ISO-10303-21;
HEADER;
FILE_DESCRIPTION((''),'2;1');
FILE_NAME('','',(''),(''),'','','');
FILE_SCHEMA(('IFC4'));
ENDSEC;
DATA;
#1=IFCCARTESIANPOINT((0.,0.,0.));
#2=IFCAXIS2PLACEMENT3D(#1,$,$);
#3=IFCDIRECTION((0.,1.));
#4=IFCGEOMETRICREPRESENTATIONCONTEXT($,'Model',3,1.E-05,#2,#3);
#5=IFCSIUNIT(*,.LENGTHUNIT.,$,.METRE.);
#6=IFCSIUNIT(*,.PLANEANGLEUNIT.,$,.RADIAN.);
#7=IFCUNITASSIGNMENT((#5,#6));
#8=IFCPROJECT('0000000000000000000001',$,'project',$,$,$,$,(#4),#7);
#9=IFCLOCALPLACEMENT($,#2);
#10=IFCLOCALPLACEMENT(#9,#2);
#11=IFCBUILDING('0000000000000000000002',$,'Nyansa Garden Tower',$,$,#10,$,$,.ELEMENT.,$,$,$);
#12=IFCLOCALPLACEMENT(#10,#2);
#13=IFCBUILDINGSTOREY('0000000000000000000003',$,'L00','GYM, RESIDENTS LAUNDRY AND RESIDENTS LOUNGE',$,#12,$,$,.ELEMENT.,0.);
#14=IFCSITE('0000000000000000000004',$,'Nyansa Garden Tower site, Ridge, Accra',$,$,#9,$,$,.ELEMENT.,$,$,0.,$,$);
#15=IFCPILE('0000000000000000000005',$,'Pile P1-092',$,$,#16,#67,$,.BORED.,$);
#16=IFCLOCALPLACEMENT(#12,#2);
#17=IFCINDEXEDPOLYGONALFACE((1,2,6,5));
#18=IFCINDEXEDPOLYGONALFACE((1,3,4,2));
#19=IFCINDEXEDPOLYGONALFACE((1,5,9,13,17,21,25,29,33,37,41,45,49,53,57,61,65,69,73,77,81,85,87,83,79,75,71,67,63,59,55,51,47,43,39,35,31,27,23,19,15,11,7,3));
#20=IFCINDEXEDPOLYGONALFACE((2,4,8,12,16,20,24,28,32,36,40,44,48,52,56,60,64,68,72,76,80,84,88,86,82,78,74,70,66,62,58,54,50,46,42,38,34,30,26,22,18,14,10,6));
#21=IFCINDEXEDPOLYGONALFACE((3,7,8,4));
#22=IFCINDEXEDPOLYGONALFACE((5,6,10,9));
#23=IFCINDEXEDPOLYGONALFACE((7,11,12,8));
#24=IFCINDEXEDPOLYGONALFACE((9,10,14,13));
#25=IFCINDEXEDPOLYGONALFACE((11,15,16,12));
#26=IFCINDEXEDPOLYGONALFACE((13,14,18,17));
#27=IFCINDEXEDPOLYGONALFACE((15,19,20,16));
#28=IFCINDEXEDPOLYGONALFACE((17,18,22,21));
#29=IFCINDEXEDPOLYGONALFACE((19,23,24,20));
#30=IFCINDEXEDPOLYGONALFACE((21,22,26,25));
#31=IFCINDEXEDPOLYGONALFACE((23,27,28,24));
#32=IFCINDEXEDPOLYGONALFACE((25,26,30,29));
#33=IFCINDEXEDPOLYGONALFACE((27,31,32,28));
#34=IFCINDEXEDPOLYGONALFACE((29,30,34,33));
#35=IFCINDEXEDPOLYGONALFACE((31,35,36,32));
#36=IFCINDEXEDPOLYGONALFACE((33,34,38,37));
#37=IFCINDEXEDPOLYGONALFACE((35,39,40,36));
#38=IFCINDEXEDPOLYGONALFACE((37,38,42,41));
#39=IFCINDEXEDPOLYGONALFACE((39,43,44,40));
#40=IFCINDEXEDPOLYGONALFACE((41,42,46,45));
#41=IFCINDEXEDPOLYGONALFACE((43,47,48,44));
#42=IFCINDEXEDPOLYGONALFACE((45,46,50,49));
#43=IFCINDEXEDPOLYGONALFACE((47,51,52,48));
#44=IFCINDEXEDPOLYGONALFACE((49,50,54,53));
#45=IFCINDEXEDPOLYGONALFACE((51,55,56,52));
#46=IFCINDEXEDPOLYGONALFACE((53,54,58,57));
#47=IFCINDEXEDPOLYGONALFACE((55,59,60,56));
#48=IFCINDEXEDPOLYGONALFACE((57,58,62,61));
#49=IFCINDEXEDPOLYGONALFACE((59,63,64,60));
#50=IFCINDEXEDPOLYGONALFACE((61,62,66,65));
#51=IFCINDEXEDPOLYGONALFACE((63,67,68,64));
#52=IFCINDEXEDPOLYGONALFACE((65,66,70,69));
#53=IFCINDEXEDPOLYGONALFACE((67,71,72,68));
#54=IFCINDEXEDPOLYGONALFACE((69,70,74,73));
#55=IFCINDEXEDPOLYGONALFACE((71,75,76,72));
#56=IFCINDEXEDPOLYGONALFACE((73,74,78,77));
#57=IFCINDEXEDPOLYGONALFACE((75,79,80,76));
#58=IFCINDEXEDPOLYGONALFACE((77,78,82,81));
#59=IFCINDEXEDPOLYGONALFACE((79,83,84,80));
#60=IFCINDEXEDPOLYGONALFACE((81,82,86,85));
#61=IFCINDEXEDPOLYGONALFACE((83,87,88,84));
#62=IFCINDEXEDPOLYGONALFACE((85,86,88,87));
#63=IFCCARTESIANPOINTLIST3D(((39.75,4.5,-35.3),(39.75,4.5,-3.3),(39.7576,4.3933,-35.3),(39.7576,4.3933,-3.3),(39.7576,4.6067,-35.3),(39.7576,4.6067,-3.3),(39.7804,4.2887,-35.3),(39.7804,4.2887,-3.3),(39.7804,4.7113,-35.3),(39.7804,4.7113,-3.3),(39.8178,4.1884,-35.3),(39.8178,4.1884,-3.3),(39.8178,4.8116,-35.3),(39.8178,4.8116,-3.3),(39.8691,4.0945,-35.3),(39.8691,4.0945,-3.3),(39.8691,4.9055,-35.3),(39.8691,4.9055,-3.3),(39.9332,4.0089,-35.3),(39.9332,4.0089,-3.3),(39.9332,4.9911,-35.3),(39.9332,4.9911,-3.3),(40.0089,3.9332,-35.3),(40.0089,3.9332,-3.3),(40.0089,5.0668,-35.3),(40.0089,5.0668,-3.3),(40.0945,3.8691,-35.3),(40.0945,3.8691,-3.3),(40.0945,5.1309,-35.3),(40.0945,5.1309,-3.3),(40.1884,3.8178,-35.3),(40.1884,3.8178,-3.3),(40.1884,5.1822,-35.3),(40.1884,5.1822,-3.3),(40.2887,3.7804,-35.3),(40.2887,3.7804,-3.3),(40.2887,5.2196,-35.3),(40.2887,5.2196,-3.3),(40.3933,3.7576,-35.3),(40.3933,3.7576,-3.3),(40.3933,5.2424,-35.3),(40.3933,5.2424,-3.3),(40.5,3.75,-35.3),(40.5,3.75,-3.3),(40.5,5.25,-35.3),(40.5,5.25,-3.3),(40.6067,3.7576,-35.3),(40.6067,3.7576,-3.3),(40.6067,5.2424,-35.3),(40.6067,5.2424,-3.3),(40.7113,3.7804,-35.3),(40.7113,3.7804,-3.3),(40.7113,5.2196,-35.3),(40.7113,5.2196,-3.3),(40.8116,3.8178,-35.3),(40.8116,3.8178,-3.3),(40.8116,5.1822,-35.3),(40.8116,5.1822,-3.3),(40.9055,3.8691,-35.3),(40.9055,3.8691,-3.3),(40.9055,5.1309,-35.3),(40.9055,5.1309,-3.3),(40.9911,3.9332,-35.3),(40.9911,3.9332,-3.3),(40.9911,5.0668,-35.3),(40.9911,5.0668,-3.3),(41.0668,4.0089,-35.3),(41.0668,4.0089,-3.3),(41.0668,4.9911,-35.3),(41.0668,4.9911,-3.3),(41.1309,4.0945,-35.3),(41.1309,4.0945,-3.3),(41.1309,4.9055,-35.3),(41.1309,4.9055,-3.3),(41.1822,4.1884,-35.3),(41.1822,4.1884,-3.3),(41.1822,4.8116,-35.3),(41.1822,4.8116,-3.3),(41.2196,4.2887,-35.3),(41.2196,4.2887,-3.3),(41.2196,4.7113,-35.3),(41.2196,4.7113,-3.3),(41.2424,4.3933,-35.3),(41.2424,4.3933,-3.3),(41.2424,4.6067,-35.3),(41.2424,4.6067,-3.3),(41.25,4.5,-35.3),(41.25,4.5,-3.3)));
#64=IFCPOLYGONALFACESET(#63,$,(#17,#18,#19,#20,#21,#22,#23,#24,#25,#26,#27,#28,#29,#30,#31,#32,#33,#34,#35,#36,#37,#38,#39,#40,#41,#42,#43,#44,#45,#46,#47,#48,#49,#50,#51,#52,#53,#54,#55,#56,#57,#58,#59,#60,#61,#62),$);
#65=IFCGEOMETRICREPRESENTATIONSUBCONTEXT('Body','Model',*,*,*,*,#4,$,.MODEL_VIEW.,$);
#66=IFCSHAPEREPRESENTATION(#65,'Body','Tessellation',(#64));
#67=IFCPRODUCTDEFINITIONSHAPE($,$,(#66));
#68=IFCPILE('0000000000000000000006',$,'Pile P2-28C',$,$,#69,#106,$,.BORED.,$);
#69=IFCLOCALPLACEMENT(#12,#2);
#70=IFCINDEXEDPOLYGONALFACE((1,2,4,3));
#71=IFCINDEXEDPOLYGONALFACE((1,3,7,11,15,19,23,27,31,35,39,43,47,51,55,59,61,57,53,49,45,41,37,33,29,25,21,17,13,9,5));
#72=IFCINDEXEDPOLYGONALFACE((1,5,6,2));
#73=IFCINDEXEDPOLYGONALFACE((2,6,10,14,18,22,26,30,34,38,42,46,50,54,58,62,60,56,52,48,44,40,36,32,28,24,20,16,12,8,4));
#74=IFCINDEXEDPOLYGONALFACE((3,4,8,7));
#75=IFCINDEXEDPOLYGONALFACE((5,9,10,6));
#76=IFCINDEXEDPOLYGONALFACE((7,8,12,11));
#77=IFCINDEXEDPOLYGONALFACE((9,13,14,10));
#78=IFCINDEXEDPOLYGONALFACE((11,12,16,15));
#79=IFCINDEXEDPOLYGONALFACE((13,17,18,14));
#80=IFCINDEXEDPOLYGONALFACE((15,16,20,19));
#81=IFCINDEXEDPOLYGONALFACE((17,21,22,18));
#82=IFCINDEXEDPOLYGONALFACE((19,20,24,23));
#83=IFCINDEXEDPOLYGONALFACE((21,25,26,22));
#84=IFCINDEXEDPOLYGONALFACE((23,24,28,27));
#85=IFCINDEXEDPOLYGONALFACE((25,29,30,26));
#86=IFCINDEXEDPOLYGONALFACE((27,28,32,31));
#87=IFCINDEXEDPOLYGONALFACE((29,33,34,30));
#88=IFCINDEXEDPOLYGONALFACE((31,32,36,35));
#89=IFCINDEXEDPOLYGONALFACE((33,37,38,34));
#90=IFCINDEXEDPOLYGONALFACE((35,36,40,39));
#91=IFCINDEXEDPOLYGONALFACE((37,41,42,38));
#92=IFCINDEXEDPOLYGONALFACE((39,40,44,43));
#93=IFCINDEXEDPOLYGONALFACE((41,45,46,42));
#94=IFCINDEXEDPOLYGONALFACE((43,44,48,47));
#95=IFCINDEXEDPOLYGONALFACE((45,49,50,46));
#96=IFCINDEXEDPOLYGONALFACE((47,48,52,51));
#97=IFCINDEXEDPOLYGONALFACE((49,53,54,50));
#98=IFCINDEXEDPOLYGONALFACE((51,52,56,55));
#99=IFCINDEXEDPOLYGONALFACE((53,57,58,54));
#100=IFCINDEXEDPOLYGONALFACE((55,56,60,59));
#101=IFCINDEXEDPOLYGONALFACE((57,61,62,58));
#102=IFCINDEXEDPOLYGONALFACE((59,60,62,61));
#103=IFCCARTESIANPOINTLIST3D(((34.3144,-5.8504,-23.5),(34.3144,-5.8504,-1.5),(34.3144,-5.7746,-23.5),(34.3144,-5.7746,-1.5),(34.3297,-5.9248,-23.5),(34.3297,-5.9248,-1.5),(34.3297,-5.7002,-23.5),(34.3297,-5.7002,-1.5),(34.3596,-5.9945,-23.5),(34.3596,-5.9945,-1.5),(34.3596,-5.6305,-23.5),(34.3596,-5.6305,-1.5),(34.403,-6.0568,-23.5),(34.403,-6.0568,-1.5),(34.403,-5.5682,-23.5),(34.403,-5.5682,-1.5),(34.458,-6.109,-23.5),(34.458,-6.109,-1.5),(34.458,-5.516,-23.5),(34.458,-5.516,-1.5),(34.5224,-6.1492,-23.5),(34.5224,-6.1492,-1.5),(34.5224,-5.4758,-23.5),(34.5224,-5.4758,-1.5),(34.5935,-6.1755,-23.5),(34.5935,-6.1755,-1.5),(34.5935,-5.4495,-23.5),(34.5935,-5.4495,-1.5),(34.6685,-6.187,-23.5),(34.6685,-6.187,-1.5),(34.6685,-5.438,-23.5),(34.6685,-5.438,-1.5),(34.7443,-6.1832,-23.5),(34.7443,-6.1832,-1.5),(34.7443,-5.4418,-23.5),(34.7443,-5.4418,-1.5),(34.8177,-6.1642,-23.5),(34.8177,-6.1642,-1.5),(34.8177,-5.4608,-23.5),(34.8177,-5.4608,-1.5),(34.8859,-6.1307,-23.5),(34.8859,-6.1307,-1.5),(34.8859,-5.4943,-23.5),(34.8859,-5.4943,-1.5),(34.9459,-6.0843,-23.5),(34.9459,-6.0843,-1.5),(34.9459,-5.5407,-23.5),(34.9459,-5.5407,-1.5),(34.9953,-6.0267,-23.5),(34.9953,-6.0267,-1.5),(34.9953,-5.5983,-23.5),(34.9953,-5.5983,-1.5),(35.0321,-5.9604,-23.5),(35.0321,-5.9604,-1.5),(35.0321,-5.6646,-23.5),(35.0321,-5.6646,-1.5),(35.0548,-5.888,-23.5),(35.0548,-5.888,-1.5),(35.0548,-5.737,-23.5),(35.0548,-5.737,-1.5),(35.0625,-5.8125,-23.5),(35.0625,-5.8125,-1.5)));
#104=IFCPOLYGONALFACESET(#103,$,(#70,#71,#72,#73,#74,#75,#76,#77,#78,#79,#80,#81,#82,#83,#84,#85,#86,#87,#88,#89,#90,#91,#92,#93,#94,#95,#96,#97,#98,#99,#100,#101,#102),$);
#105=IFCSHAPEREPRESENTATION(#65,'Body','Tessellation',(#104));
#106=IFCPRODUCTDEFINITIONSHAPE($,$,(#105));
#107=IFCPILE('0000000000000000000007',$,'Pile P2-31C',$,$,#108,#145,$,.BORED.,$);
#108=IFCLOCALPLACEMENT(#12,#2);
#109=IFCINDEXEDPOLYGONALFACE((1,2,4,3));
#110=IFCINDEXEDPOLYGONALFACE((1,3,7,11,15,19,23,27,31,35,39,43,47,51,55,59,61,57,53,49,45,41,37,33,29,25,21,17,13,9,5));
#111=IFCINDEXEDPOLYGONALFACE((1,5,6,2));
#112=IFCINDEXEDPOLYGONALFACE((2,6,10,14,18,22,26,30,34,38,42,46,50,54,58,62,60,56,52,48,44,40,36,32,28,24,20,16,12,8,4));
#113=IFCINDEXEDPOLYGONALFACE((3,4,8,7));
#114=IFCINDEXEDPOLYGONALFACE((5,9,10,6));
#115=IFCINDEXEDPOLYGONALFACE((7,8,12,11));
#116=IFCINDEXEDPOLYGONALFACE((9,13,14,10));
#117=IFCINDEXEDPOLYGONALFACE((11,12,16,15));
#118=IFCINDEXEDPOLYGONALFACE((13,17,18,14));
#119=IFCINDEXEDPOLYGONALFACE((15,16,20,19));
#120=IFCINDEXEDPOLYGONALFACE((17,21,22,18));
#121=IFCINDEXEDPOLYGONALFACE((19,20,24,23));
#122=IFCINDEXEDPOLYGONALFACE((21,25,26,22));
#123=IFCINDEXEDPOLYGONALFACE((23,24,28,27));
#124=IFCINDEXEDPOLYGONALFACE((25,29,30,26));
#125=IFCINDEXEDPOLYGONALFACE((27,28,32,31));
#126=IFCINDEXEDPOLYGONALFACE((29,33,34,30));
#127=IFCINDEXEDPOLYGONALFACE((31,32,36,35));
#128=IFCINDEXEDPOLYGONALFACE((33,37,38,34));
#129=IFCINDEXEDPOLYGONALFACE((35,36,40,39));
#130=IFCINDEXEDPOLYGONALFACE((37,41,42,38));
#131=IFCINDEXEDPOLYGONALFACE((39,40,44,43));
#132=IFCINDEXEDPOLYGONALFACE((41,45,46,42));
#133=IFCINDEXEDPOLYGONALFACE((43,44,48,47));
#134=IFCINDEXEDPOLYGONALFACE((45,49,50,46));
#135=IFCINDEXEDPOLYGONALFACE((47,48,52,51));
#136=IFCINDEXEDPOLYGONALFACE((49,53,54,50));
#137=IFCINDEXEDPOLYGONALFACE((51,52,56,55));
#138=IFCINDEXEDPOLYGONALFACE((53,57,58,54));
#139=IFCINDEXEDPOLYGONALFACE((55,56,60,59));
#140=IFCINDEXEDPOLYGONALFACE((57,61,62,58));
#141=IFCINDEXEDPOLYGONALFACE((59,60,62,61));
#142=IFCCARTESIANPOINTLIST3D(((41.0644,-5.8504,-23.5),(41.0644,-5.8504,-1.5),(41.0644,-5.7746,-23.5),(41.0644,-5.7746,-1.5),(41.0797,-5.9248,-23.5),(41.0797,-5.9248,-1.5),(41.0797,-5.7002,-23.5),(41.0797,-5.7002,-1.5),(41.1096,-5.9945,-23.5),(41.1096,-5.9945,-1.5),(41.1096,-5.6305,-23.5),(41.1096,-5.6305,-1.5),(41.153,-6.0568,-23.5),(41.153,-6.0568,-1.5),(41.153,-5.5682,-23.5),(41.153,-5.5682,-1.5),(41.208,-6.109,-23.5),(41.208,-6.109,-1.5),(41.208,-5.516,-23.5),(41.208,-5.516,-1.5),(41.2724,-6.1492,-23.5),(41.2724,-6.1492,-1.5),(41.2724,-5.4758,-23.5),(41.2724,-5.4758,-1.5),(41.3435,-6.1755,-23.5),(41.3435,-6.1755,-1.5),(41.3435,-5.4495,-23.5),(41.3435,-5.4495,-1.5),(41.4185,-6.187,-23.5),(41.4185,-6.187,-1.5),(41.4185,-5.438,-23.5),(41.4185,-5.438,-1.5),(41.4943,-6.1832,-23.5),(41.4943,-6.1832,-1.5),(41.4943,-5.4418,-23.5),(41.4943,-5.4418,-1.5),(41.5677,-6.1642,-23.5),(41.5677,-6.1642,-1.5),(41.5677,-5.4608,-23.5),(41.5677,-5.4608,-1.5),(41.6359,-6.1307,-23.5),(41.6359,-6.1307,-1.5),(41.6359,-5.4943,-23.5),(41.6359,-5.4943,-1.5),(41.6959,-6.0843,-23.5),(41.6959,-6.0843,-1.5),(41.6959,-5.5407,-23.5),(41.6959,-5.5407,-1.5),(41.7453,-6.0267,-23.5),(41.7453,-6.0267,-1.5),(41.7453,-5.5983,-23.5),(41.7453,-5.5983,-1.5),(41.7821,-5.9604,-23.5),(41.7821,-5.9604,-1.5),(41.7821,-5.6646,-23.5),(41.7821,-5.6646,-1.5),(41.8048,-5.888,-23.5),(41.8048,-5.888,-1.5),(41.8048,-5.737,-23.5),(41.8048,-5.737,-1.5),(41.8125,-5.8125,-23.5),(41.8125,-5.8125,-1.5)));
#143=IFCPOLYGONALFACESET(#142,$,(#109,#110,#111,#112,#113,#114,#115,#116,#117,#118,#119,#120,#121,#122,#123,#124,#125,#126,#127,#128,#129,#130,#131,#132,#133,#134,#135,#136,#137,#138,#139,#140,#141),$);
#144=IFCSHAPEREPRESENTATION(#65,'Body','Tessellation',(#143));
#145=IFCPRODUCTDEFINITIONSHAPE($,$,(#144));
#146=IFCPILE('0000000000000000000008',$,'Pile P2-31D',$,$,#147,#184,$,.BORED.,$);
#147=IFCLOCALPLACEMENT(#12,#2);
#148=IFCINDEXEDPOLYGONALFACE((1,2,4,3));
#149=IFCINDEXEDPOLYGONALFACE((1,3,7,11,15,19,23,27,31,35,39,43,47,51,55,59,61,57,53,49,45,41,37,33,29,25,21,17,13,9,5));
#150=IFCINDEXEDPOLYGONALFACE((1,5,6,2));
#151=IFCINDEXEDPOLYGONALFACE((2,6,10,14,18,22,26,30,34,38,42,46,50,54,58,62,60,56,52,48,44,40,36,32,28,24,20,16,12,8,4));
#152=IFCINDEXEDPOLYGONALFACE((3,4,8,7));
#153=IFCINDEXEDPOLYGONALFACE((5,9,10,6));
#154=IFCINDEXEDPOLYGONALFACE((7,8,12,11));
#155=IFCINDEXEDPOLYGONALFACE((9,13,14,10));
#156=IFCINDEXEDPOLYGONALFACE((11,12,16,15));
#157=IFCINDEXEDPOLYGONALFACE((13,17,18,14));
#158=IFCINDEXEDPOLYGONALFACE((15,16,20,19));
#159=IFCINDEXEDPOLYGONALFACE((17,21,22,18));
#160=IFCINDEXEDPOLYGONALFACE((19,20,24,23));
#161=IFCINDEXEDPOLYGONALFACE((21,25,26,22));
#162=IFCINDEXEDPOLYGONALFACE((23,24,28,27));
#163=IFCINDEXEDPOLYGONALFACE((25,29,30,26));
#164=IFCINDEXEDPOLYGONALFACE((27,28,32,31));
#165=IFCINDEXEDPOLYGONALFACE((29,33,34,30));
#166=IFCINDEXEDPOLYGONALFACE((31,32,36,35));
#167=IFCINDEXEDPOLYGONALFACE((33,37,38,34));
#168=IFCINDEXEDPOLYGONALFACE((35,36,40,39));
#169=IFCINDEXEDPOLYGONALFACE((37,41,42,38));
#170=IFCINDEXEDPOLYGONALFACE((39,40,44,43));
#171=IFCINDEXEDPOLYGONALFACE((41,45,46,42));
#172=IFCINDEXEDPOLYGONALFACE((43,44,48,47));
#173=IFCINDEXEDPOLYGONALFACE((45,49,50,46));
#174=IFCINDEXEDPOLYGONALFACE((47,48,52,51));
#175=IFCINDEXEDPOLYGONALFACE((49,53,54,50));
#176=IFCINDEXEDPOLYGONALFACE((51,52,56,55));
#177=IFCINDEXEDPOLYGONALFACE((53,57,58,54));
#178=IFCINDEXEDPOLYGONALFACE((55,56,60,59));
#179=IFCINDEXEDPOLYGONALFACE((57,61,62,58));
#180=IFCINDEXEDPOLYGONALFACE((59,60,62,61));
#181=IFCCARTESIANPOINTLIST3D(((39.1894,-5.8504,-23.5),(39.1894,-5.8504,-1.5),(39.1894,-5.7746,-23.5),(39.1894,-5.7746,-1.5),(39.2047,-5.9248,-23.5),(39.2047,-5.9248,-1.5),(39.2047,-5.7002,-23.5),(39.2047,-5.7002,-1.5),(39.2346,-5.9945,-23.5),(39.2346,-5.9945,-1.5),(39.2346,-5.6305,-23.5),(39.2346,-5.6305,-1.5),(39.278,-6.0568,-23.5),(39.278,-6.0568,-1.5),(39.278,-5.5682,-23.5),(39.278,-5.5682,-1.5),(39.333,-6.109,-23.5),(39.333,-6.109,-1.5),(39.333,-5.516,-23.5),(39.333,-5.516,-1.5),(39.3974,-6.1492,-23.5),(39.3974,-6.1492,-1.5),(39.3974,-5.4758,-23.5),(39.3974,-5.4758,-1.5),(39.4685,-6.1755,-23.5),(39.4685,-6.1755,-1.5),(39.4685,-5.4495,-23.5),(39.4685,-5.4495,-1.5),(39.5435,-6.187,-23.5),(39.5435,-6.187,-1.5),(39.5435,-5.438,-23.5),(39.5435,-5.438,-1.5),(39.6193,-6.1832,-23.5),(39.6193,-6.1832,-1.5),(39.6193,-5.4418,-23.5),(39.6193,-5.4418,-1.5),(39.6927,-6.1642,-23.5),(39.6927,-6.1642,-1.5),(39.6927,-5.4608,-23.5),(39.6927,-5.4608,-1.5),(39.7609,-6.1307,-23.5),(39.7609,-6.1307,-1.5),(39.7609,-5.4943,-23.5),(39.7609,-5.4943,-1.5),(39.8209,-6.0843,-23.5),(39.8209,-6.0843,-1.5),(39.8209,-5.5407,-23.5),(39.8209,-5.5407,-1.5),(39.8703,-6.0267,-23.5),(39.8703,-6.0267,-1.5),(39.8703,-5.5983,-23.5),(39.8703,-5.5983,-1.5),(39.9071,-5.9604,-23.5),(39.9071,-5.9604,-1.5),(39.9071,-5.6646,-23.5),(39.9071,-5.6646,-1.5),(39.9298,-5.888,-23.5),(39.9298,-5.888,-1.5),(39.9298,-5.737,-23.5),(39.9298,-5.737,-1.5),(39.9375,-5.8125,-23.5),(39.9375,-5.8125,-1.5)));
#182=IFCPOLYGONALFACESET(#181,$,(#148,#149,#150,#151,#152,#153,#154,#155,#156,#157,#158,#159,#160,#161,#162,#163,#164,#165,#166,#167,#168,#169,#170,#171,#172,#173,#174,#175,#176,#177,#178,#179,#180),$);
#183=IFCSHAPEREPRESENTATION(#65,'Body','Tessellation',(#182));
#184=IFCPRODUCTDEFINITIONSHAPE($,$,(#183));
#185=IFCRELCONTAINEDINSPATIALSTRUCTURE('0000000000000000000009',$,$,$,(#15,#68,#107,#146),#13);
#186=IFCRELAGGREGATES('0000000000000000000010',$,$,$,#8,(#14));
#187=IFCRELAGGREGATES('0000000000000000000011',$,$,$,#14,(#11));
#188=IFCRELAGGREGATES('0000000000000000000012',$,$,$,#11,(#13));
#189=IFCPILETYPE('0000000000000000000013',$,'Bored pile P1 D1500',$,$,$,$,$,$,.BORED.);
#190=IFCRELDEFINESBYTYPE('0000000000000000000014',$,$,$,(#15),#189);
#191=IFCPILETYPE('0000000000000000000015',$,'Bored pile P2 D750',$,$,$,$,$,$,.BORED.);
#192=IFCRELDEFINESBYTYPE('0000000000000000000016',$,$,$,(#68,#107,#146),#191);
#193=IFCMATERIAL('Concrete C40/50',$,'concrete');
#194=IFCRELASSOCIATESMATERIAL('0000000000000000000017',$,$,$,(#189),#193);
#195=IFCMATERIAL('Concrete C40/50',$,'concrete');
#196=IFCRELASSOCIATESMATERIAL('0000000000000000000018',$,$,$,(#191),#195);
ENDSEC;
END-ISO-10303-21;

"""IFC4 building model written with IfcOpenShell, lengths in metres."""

from ifc_helpers import new_model, si_unit, direction, frame, origin, origin_2d, place, context, subcontext, project, spatial, circle, extrude, material, type_object, element, save


model = new_model("IFC4")

# Units and contexts
model_context = context("Model", 3, precision=1e-05, world=origin(), true_north=direction((0.0, 1.0)))
body_context = subcontext(model_context, "Body", "Model", "MODEL_VIEW")
ifc_project = project(units=[si_unit("LENGTHUNIT", "METRE"), si_unit("PLANEANGLEUNIT", "RADIAN")], contexts=[model_context])

# Site, building, storey
site_placement = place(None, origin())
site = spatial("IfcSite", under=ifc_project, at=site_placement, Name="Nyansa Garden Tower site, Ridge, Accra", CompositionType="ELEMENT", RefElevation=0.0)
building_placement = place(site_placement, origin())
building = spatial("IfcBuilding", under=site, at=building_placement, Name="Nyansa Garden Tower", CompositionType="ELEMENT")
storey_placement = place(building_placement, origin())
storey = spatial("IfcBuildingStorey", under=building, at=storey_placement, Name="L00", Description="GYM, RESIDENTS LAUNDRY AND RESIDENTS LOUNGE", CompositionType="ELEMENT", Elevation=0.0)

# Piles
ifc_material_1 = material(Name="Concrete C40/50", Category="concrete")
pile_type_1 = type_object("IfcPileType", Name="Bored pile P1 D1500", PredefinedType="BORED", material=ifc_material_1)
for number, where, z_axis, x_axis, name in (
    (1, (40.5, 4.5, -3.3), (0.0, 0.0, -1.0), (1.0, 0.0, 0.0), "Pile P1-092"),
):
    element("IfcPile", number, at=place(storey_placement, frame(where, z_axis=z_axis, x_axis=x_axis)), inside=storey, type_object=pile_type_1, Name=name, PredefinedType="BORED", context=body_context, shape_type="SweptSolid", body=[
        extrude(circle(Radius=0.75, at=origin_2d()), origin(), (0.0, 0.0, 1.0), 32.0),
    ])
ifc_material_2 = material(Name="Concrete C40/50", Category="concrete")
pile_type_2 = type_object("IfcPileType", Name="Bored pile P2 D750", PredefinedType="BORED", material=ifc_material_2)
for number, where, z_axis, x_axis, name in (
    (2, (34.6875, -5.8125, -1.5), (0.0, 0.0, -1.0), (1.0, 0.0, 0.0), "Pile P2-28C"),
    (3, (41.4375, -5.8125, -1.5), (0.0, 0.0, -1.0), (1.0, 0.0, 0.0), "Pile P2-31C"),
    (4, (39.5625, -5.8125, -1.5), (0.0, 0.0, -1.0), (1.0, 0.0, 0.0), "Pile P2-31D"),
):
    element("IfcPile", number, at=place(storey_placement, frame(where, z_axis=z_axis, x_axis=x_axis)), inside=storey, type_object=pile_type_2, Name=name, PredefinedType="BORED", context=body_context, shape_type="SweptSolid", body=[
        extrude(circle(Radius=0.375, at=origin_2d()), origin(), (0.0, 0.0, 1.0), 22.0),
    ])

save(model, "model.ifc")
